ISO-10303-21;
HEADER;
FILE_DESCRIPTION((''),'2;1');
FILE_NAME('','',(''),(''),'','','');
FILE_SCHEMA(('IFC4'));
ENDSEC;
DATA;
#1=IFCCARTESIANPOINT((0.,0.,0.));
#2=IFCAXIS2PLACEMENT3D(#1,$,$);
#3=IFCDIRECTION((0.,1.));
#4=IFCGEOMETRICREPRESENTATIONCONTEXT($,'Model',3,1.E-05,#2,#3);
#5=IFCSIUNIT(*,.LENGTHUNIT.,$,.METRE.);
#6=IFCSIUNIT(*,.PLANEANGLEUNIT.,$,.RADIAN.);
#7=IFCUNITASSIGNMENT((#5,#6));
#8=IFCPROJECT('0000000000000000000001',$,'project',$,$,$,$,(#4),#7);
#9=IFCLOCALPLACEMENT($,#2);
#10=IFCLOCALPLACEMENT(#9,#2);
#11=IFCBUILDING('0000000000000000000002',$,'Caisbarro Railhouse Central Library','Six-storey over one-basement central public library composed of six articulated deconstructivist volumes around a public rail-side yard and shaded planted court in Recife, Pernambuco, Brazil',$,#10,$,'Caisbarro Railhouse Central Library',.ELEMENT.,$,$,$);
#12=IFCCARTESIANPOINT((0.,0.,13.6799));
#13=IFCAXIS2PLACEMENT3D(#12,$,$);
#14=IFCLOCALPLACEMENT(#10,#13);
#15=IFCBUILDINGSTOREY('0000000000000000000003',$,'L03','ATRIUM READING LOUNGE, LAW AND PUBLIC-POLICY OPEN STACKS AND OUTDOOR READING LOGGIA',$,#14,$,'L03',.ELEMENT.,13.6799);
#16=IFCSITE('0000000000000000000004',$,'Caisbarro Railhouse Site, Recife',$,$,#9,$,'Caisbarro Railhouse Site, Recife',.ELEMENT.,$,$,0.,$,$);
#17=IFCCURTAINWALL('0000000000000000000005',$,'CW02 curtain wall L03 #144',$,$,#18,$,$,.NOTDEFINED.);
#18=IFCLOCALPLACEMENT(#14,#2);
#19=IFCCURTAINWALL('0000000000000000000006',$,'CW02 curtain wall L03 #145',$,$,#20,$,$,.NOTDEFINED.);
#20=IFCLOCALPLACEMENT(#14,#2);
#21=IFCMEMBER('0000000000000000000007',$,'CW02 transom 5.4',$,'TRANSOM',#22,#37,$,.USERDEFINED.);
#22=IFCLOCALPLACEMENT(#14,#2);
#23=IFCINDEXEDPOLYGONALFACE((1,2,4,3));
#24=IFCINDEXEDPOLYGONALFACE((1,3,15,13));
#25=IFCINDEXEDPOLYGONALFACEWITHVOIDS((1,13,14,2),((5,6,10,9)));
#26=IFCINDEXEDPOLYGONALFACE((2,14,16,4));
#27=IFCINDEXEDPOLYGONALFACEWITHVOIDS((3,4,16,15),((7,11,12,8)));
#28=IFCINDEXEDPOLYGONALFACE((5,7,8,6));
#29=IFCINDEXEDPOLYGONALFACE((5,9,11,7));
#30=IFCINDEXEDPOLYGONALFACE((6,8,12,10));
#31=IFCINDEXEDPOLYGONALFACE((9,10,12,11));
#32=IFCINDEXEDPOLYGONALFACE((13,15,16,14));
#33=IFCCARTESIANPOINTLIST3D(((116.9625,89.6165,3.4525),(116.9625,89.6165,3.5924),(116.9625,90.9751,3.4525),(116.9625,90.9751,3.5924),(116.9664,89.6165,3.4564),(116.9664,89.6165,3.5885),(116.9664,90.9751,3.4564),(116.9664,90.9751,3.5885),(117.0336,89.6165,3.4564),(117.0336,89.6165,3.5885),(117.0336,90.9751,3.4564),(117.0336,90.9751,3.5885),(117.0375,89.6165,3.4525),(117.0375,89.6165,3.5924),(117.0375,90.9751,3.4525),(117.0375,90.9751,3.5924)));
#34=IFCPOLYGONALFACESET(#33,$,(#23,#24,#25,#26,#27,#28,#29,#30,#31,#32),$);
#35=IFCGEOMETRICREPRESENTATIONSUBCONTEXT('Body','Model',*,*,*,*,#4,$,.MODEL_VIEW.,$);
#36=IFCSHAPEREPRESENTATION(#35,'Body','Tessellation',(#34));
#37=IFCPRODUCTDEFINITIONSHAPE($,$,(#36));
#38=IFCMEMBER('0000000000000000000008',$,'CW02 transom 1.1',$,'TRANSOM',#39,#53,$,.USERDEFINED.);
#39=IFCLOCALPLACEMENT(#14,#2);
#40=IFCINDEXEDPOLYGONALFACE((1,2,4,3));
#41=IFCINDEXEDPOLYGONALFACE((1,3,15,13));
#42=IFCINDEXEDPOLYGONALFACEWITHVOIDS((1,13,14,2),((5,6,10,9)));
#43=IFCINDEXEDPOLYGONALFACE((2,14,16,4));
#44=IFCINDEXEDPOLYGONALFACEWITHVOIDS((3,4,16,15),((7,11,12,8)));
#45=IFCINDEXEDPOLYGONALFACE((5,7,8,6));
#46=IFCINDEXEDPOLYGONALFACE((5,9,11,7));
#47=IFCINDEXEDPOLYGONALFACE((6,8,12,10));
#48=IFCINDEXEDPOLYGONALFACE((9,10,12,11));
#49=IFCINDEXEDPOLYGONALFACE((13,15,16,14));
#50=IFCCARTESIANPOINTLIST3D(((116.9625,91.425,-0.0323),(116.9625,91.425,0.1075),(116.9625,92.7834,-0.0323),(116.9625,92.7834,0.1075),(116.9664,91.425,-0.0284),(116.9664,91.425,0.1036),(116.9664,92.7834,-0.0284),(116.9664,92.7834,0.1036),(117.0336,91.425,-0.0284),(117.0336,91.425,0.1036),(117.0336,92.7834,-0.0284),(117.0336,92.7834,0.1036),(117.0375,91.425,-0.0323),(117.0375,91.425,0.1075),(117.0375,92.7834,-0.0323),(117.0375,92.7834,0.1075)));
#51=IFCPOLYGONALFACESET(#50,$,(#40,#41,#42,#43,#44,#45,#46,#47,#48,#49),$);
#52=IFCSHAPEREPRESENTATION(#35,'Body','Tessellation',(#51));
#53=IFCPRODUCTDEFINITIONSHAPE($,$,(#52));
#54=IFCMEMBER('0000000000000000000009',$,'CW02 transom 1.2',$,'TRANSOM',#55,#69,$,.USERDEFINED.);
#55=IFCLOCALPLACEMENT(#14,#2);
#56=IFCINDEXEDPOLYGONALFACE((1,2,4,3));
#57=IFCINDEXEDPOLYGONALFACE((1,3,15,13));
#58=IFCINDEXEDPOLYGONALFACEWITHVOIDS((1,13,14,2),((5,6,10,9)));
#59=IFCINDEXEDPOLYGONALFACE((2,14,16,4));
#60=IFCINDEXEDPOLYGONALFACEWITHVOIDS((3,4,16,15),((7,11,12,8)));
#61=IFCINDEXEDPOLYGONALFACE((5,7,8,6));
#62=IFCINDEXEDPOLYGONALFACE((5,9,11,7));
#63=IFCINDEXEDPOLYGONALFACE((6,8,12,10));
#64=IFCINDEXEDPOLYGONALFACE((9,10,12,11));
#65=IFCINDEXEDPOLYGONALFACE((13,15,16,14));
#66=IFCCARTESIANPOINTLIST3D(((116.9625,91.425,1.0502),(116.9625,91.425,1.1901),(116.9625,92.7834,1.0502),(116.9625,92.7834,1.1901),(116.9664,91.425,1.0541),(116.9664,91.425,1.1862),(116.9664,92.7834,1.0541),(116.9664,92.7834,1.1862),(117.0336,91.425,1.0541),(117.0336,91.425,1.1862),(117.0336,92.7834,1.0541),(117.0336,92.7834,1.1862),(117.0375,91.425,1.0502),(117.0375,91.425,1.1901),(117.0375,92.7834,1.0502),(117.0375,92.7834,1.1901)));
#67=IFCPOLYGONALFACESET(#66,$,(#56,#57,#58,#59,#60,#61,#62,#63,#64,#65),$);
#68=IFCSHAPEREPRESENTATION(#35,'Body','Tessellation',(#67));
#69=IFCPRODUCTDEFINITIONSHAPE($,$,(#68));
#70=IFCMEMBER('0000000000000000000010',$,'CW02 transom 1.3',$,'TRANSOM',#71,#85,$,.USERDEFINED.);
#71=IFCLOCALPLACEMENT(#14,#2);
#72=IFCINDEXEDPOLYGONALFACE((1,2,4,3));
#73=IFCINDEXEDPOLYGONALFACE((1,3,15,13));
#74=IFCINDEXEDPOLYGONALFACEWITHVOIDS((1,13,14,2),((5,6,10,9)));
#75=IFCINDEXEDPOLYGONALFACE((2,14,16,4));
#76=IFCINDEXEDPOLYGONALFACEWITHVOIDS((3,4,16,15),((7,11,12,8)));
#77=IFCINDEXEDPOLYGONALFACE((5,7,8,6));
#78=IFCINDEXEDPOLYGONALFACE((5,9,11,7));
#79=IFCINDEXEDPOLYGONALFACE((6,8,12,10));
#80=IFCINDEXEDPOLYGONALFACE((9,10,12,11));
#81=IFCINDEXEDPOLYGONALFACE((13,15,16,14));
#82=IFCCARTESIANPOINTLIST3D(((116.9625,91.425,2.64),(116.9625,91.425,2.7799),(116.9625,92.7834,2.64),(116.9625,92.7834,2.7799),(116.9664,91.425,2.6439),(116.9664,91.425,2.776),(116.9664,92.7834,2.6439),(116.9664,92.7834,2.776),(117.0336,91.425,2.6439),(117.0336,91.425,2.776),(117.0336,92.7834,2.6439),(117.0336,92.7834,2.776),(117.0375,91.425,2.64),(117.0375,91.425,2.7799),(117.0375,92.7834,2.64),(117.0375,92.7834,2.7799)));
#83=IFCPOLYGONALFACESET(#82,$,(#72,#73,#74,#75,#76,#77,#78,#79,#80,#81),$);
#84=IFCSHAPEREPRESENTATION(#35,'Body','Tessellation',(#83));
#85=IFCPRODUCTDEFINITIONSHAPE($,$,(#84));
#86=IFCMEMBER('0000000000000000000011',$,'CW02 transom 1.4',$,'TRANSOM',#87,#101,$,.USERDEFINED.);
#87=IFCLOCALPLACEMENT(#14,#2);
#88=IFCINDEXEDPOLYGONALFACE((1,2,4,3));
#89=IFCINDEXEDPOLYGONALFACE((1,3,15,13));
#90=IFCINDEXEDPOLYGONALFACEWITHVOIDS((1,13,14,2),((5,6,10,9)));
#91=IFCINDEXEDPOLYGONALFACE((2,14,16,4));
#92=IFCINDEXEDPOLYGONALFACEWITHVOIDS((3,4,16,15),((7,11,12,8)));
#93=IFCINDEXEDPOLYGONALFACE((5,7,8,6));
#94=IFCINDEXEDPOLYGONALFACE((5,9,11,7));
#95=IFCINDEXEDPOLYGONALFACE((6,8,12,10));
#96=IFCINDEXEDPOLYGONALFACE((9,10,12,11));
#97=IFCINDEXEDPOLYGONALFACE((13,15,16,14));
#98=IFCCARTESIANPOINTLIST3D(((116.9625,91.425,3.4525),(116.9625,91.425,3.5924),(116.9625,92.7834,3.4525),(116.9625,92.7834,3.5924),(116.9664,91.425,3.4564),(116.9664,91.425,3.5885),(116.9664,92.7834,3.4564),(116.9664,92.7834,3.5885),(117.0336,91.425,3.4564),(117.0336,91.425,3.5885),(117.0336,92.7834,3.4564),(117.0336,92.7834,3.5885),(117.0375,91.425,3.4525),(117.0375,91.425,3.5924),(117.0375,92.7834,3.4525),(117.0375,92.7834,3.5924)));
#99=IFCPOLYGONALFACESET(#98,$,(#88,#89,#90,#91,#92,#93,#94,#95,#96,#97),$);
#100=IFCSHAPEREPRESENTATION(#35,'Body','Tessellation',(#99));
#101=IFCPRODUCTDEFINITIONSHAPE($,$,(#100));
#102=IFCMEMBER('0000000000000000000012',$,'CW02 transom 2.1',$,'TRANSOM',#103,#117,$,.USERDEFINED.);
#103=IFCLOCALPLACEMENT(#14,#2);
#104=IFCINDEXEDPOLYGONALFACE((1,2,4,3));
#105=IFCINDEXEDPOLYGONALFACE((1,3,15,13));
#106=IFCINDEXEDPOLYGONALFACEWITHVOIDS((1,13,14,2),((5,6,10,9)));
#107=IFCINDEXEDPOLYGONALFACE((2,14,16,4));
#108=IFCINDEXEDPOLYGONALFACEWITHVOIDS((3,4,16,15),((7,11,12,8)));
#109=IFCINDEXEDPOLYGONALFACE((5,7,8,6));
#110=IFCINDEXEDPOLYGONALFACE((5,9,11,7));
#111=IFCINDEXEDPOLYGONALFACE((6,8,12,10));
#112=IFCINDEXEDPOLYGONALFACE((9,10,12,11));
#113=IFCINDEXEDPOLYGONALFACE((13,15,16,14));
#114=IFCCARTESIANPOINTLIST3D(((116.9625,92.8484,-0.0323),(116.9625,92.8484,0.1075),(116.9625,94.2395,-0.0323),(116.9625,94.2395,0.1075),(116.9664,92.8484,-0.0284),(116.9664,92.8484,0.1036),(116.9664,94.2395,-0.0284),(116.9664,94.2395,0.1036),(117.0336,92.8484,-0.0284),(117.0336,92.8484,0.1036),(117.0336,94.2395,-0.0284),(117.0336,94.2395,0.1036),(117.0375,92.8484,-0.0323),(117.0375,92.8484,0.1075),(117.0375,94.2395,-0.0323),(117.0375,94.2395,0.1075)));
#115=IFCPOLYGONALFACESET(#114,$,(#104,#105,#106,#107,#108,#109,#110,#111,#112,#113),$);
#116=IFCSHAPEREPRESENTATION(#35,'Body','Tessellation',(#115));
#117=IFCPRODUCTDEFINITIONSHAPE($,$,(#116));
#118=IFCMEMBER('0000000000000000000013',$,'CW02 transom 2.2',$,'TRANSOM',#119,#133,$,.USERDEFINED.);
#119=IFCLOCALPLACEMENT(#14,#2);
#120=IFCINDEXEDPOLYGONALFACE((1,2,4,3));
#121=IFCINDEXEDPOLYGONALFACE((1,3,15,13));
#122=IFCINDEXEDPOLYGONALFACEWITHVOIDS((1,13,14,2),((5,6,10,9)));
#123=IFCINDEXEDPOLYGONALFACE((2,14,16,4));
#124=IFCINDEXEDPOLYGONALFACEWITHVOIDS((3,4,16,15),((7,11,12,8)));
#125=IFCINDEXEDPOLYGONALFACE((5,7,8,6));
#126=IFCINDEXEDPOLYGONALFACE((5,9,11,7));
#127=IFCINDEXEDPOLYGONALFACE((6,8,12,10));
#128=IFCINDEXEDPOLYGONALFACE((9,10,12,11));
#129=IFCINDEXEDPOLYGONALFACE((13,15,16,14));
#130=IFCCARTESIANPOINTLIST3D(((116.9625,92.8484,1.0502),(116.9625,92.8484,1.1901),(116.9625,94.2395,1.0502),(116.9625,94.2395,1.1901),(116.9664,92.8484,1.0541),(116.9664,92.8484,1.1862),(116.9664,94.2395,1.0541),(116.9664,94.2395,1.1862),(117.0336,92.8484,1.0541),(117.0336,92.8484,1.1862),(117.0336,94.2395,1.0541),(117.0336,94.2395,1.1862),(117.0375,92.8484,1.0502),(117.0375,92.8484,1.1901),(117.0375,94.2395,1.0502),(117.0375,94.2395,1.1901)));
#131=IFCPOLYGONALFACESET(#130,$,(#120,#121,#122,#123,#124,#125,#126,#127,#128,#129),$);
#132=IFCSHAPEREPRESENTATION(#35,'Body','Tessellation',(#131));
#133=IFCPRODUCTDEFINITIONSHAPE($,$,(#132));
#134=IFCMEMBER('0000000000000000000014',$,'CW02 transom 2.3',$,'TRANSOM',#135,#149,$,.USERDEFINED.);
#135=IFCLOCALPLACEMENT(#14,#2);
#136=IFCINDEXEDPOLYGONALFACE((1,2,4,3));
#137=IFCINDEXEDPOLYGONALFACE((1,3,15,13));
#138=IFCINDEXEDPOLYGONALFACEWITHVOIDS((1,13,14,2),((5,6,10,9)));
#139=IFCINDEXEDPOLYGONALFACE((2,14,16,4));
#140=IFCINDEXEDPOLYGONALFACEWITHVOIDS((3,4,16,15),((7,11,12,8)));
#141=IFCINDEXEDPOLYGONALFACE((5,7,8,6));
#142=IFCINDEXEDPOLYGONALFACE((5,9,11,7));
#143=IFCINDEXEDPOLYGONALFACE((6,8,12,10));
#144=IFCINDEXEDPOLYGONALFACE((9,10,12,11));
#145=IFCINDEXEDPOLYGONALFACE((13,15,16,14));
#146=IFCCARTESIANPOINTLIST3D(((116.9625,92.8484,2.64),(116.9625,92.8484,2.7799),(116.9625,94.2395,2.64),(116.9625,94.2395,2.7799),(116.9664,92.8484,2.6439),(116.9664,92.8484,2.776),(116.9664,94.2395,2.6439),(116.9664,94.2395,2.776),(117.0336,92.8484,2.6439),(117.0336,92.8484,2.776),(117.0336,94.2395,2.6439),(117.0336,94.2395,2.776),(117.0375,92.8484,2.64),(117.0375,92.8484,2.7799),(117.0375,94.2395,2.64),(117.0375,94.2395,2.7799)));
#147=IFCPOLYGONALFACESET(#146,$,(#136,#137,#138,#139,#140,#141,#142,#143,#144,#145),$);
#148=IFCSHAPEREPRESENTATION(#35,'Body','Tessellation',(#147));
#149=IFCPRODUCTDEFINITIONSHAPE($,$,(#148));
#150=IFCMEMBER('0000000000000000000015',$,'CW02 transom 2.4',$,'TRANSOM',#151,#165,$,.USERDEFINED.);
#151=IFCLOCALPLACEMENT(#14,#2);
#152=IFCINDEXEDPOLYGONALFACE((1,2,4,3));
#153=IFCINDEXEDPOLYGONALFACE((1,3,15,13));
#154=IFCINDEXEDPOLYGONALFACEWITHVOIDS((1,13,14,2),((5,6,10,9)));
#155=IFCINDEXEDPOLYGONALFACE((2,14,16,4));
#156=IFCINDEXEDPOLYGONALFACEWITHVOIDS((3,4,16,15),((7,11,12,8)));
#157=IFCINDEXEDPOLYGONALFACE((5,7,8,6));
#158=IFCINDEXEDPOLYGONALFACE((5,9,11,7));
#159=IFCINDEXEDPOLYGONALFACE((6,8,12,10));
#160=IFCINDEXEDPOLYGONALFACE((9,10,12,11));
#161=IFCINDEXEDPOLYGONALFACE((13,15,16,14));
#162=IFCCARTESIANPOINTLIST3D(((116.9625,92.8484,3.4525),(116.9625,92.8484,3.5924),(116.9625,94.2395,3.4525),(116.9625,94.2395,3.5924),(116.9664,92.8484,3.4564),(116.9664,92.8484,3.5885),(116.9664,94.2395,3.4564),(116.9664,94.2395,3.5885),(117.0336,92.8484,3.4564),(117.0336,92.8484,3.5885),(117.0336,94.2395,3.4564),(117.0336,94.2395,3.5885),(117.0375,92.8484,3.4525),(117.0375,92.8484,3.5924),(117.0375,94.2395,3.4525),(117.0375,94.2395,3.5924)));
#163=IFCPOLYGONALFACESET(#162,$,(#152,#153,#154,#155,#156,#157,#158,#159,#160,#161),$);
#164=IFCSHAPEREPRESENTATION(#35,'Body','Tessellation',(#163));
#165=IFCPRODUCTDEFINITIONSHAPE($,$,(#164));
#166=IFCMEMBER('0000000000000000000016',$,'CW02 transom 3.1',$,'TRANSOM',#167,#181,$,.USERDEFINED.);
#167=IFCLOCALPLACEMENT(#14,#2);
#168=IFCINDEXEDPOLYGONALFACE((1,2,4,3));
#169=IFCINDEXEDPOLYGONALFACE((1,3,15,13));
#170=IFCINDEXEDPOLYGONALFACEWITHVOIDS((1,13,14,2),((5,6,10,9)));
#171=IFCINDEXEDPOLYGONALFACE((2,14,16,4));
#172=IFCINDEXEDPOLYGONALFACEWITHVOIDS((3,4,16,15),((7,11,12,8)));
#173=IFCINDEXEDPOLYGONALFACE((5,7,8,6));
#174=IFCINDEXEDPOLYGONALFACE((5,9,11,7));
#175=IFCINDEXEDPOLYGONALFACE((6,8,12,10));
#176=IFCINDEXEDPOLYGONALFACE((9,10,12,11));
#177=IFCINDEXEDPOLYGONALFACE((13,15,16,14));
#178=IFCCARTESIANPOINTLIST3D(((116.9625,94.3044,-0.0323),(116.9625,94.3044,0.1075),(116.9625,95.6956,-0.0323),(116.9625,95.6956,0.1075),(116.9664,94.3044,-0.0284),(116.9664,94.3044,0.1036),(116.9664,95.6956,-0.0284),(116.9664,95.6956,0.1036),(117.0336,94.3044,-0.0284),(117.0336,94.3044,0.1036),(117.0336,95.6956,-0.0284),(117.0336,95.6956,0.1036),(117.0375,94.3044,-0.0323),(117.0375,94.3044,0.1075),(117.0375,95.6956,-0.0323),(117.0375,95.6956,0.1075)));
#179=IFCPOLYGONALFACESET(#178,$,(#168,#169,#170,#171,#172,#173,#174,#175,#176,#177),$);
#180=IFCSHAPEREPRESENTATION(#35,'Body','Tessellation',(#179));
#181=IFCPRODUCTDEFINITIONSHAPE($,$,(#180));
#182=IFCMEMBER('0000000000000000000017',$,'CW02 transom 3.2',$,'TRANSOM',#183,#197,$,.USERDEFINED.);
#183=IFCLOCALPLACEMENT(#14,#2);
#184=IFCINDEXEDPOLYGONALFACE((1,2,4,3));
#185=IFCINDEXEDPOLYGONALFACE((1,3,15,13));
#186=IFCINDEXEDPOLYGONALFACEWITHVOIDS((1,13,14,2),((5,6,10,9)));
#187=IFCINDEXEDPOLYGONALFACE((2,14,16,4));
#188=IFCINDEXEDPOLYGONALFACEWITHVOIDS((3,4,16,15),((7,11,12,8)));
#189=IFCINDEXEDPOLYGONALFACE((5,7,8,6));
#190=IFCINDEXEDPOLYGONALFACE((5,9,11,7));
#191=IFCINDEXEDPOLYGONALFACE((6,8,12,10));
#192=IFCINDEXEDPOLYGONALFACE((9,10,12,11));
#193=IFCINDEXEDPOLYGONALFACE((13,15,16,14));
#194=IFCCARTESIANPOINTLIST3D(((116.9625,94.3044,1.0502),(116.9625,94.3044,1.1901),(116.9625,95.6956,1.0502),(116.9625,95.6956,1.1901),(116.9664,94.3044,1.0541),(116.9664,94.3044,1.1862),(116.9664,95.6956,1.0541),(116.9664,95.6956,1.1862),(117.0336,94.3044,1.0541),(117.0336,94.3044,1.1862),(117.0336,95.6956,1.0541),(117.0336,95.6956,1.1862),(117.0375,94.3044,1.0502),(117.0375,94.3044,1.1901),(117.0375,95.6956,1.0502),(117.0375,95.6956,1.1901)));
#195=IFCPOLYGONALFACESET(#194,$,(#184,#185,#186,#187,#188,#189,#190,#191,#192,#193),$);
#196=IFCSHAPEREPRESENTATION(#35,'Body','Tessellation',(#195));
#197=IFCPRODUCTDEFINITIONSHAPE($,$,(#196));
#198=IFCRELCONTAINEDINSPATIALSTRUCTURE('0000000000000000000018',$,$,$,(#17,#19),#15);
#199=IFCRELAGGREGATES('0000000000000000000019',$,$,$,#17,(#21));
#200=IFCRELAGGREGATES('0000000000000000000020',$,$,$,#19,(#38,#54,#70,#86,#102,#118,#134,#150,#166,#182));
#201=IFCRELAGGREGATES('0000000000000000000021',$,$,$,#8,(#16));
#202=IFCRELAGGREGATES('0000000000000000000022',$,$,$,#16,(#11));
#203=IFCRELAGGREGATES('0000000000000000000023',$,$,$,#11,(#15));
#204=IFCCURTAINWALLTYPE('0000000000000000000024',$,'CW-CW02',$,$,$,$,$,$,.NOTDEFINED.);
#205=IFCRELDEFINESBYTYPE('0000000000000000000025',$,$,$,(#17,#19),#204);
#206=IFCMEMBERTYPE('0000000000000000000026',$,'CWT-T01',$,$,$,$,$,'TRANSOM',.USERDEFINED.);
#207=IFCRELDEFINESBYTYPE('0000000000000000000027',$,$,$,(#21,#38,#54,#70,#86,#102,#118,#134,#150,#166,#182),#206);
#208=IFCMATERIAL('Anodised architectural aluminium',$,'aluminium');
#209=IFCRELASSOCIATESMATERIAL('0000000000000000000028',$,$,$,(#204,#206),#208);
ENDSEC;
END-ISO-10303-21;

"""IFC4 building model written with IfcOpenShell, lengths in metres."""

from ifc_helpers import new_model, si_unit, direction, frame, origin, origin_2d, place, context, subcontext, project, spatial, hollow_rectangle, extrude, material, material_profile, profile_set, type_object, element, aggregate, save


model = new_model("IFC4")

# Units and contexts
model_context = context("Model", 3, precision=1e-05, world=origin(), true_north=direction((0.0, 1.0)))
body_context = subcontext(model_context, "Body", "Model", "MODEL_VIEW")
ifc_project = project(units=[si_unit("LENGTHUNIT", "METRE"), si_unit("PLANEANGLEUNIT", "RADIAN")], contexts=[model_context])

# Site, building, storey
site_placement = place(None, origin())
site = spatial("IfcSite", under=ifc_project, at=site_placement, Name="Caisbarro Railhouse Site, Recife", LongName="Caisbarro Railhouse Site, Recife", CompositionType="ELEMENT", RefElevation=0.0)
building_placement = place(site_placement, origin())
building = spatial("IfcBuilding", under=site, at=building_placement, Name="Caisbarro Railhouse Central Library", Description="Six-storey over one-basement central public library composed of six articulated deconstructivist volumes around a public rail-side yard and shaded planted court in Recife, Pernambuco, Brazil", LongName="Caisbarro Railhouse Central Library", CompositionType="ELEMENT")
storey_placement = place(building_placement, frame((0.0, 0.0, 13.6799)))
storey = spatial("IfcBuildingStorey", under=building, at=storey_placement, Name="L03", Description="ATRIUM READING LOUNGE, LAW AND PUBLIC-POLICY OPEN STACKS AND OUTDOOR READING LOGGIA", LongName="L03", CompositionType="ELEMENT", Elevation=13.6799)

# Curtain wall
ifc_material_1 = material(Name="Anodised architectural aluminium", Category="aluminium")
curtain_wall_type = type_object("IfcCurtainWallType", Name="CW-CW02", PredefinedType="NOTDEFINED", material=ifc_material_1)
curtain_wall_1_placement = place(storey_placement, origin())
curtain_wall_1 = element("IfcCurtainWall", 1, at=curtain_wall_1_placement, inside=storey, type_object=curtain_wall_type, Name="CW02 curtain wall L03 #144", PredefinedType="NOTDEFINED")

# Curtain wall
curtain_wall_2_placement = place(storey_placement, origin())
curtain_wall_2 = element("IfcCurtainWall", 2, at=curtain_wall_2_placement, inside=storey, type_object=curtain_wall_type, Name="CW02 curtain wall L03 #145", PredefinedType="NOTDEFINED")

# Members
ifc_material_profile_1 = material_profile(ifc_material_1, hollow_rectangle(XDim=0.075, YDim=0.1399, WallThickness=0.0039, at=origin_2d()), Name="ALU-TRN-75X140")
ifc_profile_set_1 = profile_set([ifc_material_profile_1], Name="Anodised architectural aluminium")
member_type_1 = type_object("IfcMemberType", Name="CWT-T01", ElementType="TRANSOM", PredefinedType="USERDEFINED", material=ifc_profile_set_1)
member_1_placement = place(storey_placement, frame((117.0, 89.6165, 3.5225), z_axis=(0.0, 1.0, 0.0), x_axis=(-1.0, 0.0, 0.0)))
member_1 = element("IfcMember", 3, at=member_1_placement, type_object=member_type_1, Name="CW02 transom 5.4", ObjectType="TRANSOM", PredefinedType="USERDEFINED", context=body_context, shape_type="SweptSolid", body=[
    extrude(hollow_rectangle(XDim=0.075, YDim=0.1399, WallThickness=0.0039, at=origin_2d()), origin(), (0.0, 0.0, 1.0), 1.3586),
])
member_2_placement = place(storey_placement, frame((117.0, 91.425, 0.0376), z_axis=(0.0, 1.0, 0.0), x_axis=(-1.0, 0.0, 0.0)))
member_2 = element("IfcMember", 4, at=member_2_placement, type_object=member_type_1, Name="CW02 transom 1.1", ObjectType="TRANSOM", PredefinedType="USERDEFINED", context=body_context, shape_type="SweptSolid", body=[
    extrude(hollow_rectangle(XDim=0.075, YDim=0.1399, WallThickness=0.0039, at=origin_2d()), origin(), (0.0, 0.0, 1.0), 1.3584),
])
member_3_placement = place(storey_placement, frame((117.0, 91.425, 1.1201), z_axis=(0.0, 1.0, 0.0), x_axis=(-1.0, 0.0, 0.0)))
member_3 = element("IfcMember", 5, at=member_3_placement, type_object=member_type_1, Name="CW02 transom 1.2", ObjectType="TRANSOM", PredefinedType="USERDEFINED", context=body_context, shape_type="SweptSolid", body=[
    extrude(hollow_rectangle(XDim=0.075, YDim=0.1399, WallThickness=0.0039, at=origin_2d()), origin(), (0.0, 0.0, 1.0), 1.3584),
])
member_4_placement = place(storey_placement, frame((117.0, 91.425, 2.71), z_axis=(0.0, 1.0, 0.0), x_axis=(-1.0, 0.0, 0.0)))
member_4 = element("IfcMember", 6, at=member_4_placement, type_object=member_type_1, Name="CW02 transom 1.3", ObjectType="TRANSOM", PredefinedType="USERDEFINED", context=body_context, shape_type="SweptSolid", body=[
    extrude(hollow_rectangle(XDim=0.075, YDim=0.1399, WallThickness=0.0039, at=origin_2d()), origin(), (0.0, 0.0, 1.0), 1.3584),
])
member_5_placement = place(storey_placement, frame((117.0, 91.425, 3.5225), z_axis=(0.0, 1.0, 0.0), x_axis=(-1.0, 0.0, 0.0)))
member_5 = element("IfcMember", 7, at=member_5_placement, type_object=member_type_1, Name="CW02 transom 1.4", ObjectType="TRANSOM", PredefinedType="USERDEFINED", context=body_context, shape_type="SweptSolid", body=[
    extrude(hollow_rectangle(XDim=0.075, YDim=0.1399, WallThickness=0.0039, at=origin_2d()), origin(), (0.0, 0.0, 1.0), 1.3584),
])
member_6_placement = place(storey_placement, frame((117.0, 92.8484, 0.0376), z_axis=(0.0, 1.0, 0.0), x_axis=(-1.0, 0.0, 0.0)))
member_6 = element("IfcMember", 8, at=member_6_placement, type_object=member_type_1, Name="CW02 transom 2.1", ObjectType="TRANSOM", PredefinedType="USERDEFINED", context=body_context, shape_type="SweptSolid", body=[
    extrude(hollow_rectangle(XDim=0.075, YDim=0.1399, WallThickness=0.0039, at=origin_2d()), origin(), (0.0, 0.0, 1.0), 1.3911),
])
member_7_placement = place(storey_placement, frame((117.0, 92.8484, 1.1201), z_axis=(0.0, 1.0, 0.0), x_axis=(-1.0, 0.0, 0.0)))
member_7 = element("IfcMember", 9, at=member_7_placement, type_object=member_type_1, Name="CW02 transom 2.2", ObjectType="TRANSOM", PredefinedType="USERDEFINED", context=body_context, shape_type="SweptSolid", body=[
    extrude(hollow_rectangle(XDim=0.075, YDim=0.1399, WallThickness=0.0039, at=origin_2d()), origin(), (0.0, 0.0, 1.0), 1.3911),
])
member_8_placement = place(storey_placement, frame((117.0, 92.8484, 2.71), z_axis=(0.0, 1.0, 0.0), x_axis=(-1.0, 0.0, 0.0)))
member_8 = element("IfcMember", 10, at=member_8_placement, type_object=member_type_1, Name="CW02 transom 2.3", ObjectType="TRANSOM", PredefinedType="USERDEFINED", context=body_context, shape_type="SweptSolid", body=[
    extrude(hollow_rectangle(XDim=0.075, YDim=0.1399, WallThickness=0.0039, at=origin_2d()), origin(), (0.0, 0.0, 1.0), 1.3911),
])
member_9_placement = place(storey_placement, frame((117.0, 92.8484, 3.5225), z_axis=(0.0, 1.0, 0.0), x_axis=(-1.0, 0.0, 0.0)))
member_9 = element("IfcMember", 11, at=member_9_placement, type_object=member_type_1, Name="CW02 transom 2.4", ObjectType="TRANSOM", PredefinedType="USERDEFINED", context=body_context, shape_type="SweptSolid", body=[
    extrude(hollow_rectangle(XDim=0.075, YDim=0.1399, WallThickness=0.0039, at=origin_2d()), origin(), (0.0, 0.0, 1.0), 1.3911),
])
member_10_placement = place(storey_placement, frame((117.0, 94.3044, 0.0376), z_axis=(0.0, 1.0, 0.0), x_axis=(-1.0, 0.0, 0.0)))
member_10 = element("IfcMember", 12, at=member_10_placement, type_object=member_type_1, Name="CW02 transom 3.1", ObjectType="TRANSOM", PredefinedType="USERDEFINED", context=body_context, shape_type="SweptSolid", body=[
    extrude(hollow_rectangle(XDim=0.075, YDim=0.1399, WallThickness=0.0039, at=origin_2d()), origin(), (0.0, 0.0, 1.0), 1.3911),
])
member_11_placement = place(storey_placement, frame((117.0, 94.3044, 1.1201), z_axis=(0.0, 1.0, 0.0), x_axis=(-1.0, 0.0, 0.0)))
member_11 = element("IfcMember", 13, at=member_11_placement, type_object=member_type_1, Name="CW02 transom 3.2", ObjectType="TRANSOM", PredefinedType="USERDEFINED", context=body_context, shape_type="SweptSolid", body=[
    extrude(hollow_rectangle(XDim=0.075, YDim=0.1399, WallThickness=0.0039, at=origin_2d()), origin(), (0.0, 0.0, 1.0), 1.3911),
])

aggregate(curtain_wall_1, [member_1])
aggregate(curtain_wall_2, [member_2, member_3, member_4, member_5, member_6, member_7, member_8, member_9, member_10, member_11])

save(model, "model.ifc")
